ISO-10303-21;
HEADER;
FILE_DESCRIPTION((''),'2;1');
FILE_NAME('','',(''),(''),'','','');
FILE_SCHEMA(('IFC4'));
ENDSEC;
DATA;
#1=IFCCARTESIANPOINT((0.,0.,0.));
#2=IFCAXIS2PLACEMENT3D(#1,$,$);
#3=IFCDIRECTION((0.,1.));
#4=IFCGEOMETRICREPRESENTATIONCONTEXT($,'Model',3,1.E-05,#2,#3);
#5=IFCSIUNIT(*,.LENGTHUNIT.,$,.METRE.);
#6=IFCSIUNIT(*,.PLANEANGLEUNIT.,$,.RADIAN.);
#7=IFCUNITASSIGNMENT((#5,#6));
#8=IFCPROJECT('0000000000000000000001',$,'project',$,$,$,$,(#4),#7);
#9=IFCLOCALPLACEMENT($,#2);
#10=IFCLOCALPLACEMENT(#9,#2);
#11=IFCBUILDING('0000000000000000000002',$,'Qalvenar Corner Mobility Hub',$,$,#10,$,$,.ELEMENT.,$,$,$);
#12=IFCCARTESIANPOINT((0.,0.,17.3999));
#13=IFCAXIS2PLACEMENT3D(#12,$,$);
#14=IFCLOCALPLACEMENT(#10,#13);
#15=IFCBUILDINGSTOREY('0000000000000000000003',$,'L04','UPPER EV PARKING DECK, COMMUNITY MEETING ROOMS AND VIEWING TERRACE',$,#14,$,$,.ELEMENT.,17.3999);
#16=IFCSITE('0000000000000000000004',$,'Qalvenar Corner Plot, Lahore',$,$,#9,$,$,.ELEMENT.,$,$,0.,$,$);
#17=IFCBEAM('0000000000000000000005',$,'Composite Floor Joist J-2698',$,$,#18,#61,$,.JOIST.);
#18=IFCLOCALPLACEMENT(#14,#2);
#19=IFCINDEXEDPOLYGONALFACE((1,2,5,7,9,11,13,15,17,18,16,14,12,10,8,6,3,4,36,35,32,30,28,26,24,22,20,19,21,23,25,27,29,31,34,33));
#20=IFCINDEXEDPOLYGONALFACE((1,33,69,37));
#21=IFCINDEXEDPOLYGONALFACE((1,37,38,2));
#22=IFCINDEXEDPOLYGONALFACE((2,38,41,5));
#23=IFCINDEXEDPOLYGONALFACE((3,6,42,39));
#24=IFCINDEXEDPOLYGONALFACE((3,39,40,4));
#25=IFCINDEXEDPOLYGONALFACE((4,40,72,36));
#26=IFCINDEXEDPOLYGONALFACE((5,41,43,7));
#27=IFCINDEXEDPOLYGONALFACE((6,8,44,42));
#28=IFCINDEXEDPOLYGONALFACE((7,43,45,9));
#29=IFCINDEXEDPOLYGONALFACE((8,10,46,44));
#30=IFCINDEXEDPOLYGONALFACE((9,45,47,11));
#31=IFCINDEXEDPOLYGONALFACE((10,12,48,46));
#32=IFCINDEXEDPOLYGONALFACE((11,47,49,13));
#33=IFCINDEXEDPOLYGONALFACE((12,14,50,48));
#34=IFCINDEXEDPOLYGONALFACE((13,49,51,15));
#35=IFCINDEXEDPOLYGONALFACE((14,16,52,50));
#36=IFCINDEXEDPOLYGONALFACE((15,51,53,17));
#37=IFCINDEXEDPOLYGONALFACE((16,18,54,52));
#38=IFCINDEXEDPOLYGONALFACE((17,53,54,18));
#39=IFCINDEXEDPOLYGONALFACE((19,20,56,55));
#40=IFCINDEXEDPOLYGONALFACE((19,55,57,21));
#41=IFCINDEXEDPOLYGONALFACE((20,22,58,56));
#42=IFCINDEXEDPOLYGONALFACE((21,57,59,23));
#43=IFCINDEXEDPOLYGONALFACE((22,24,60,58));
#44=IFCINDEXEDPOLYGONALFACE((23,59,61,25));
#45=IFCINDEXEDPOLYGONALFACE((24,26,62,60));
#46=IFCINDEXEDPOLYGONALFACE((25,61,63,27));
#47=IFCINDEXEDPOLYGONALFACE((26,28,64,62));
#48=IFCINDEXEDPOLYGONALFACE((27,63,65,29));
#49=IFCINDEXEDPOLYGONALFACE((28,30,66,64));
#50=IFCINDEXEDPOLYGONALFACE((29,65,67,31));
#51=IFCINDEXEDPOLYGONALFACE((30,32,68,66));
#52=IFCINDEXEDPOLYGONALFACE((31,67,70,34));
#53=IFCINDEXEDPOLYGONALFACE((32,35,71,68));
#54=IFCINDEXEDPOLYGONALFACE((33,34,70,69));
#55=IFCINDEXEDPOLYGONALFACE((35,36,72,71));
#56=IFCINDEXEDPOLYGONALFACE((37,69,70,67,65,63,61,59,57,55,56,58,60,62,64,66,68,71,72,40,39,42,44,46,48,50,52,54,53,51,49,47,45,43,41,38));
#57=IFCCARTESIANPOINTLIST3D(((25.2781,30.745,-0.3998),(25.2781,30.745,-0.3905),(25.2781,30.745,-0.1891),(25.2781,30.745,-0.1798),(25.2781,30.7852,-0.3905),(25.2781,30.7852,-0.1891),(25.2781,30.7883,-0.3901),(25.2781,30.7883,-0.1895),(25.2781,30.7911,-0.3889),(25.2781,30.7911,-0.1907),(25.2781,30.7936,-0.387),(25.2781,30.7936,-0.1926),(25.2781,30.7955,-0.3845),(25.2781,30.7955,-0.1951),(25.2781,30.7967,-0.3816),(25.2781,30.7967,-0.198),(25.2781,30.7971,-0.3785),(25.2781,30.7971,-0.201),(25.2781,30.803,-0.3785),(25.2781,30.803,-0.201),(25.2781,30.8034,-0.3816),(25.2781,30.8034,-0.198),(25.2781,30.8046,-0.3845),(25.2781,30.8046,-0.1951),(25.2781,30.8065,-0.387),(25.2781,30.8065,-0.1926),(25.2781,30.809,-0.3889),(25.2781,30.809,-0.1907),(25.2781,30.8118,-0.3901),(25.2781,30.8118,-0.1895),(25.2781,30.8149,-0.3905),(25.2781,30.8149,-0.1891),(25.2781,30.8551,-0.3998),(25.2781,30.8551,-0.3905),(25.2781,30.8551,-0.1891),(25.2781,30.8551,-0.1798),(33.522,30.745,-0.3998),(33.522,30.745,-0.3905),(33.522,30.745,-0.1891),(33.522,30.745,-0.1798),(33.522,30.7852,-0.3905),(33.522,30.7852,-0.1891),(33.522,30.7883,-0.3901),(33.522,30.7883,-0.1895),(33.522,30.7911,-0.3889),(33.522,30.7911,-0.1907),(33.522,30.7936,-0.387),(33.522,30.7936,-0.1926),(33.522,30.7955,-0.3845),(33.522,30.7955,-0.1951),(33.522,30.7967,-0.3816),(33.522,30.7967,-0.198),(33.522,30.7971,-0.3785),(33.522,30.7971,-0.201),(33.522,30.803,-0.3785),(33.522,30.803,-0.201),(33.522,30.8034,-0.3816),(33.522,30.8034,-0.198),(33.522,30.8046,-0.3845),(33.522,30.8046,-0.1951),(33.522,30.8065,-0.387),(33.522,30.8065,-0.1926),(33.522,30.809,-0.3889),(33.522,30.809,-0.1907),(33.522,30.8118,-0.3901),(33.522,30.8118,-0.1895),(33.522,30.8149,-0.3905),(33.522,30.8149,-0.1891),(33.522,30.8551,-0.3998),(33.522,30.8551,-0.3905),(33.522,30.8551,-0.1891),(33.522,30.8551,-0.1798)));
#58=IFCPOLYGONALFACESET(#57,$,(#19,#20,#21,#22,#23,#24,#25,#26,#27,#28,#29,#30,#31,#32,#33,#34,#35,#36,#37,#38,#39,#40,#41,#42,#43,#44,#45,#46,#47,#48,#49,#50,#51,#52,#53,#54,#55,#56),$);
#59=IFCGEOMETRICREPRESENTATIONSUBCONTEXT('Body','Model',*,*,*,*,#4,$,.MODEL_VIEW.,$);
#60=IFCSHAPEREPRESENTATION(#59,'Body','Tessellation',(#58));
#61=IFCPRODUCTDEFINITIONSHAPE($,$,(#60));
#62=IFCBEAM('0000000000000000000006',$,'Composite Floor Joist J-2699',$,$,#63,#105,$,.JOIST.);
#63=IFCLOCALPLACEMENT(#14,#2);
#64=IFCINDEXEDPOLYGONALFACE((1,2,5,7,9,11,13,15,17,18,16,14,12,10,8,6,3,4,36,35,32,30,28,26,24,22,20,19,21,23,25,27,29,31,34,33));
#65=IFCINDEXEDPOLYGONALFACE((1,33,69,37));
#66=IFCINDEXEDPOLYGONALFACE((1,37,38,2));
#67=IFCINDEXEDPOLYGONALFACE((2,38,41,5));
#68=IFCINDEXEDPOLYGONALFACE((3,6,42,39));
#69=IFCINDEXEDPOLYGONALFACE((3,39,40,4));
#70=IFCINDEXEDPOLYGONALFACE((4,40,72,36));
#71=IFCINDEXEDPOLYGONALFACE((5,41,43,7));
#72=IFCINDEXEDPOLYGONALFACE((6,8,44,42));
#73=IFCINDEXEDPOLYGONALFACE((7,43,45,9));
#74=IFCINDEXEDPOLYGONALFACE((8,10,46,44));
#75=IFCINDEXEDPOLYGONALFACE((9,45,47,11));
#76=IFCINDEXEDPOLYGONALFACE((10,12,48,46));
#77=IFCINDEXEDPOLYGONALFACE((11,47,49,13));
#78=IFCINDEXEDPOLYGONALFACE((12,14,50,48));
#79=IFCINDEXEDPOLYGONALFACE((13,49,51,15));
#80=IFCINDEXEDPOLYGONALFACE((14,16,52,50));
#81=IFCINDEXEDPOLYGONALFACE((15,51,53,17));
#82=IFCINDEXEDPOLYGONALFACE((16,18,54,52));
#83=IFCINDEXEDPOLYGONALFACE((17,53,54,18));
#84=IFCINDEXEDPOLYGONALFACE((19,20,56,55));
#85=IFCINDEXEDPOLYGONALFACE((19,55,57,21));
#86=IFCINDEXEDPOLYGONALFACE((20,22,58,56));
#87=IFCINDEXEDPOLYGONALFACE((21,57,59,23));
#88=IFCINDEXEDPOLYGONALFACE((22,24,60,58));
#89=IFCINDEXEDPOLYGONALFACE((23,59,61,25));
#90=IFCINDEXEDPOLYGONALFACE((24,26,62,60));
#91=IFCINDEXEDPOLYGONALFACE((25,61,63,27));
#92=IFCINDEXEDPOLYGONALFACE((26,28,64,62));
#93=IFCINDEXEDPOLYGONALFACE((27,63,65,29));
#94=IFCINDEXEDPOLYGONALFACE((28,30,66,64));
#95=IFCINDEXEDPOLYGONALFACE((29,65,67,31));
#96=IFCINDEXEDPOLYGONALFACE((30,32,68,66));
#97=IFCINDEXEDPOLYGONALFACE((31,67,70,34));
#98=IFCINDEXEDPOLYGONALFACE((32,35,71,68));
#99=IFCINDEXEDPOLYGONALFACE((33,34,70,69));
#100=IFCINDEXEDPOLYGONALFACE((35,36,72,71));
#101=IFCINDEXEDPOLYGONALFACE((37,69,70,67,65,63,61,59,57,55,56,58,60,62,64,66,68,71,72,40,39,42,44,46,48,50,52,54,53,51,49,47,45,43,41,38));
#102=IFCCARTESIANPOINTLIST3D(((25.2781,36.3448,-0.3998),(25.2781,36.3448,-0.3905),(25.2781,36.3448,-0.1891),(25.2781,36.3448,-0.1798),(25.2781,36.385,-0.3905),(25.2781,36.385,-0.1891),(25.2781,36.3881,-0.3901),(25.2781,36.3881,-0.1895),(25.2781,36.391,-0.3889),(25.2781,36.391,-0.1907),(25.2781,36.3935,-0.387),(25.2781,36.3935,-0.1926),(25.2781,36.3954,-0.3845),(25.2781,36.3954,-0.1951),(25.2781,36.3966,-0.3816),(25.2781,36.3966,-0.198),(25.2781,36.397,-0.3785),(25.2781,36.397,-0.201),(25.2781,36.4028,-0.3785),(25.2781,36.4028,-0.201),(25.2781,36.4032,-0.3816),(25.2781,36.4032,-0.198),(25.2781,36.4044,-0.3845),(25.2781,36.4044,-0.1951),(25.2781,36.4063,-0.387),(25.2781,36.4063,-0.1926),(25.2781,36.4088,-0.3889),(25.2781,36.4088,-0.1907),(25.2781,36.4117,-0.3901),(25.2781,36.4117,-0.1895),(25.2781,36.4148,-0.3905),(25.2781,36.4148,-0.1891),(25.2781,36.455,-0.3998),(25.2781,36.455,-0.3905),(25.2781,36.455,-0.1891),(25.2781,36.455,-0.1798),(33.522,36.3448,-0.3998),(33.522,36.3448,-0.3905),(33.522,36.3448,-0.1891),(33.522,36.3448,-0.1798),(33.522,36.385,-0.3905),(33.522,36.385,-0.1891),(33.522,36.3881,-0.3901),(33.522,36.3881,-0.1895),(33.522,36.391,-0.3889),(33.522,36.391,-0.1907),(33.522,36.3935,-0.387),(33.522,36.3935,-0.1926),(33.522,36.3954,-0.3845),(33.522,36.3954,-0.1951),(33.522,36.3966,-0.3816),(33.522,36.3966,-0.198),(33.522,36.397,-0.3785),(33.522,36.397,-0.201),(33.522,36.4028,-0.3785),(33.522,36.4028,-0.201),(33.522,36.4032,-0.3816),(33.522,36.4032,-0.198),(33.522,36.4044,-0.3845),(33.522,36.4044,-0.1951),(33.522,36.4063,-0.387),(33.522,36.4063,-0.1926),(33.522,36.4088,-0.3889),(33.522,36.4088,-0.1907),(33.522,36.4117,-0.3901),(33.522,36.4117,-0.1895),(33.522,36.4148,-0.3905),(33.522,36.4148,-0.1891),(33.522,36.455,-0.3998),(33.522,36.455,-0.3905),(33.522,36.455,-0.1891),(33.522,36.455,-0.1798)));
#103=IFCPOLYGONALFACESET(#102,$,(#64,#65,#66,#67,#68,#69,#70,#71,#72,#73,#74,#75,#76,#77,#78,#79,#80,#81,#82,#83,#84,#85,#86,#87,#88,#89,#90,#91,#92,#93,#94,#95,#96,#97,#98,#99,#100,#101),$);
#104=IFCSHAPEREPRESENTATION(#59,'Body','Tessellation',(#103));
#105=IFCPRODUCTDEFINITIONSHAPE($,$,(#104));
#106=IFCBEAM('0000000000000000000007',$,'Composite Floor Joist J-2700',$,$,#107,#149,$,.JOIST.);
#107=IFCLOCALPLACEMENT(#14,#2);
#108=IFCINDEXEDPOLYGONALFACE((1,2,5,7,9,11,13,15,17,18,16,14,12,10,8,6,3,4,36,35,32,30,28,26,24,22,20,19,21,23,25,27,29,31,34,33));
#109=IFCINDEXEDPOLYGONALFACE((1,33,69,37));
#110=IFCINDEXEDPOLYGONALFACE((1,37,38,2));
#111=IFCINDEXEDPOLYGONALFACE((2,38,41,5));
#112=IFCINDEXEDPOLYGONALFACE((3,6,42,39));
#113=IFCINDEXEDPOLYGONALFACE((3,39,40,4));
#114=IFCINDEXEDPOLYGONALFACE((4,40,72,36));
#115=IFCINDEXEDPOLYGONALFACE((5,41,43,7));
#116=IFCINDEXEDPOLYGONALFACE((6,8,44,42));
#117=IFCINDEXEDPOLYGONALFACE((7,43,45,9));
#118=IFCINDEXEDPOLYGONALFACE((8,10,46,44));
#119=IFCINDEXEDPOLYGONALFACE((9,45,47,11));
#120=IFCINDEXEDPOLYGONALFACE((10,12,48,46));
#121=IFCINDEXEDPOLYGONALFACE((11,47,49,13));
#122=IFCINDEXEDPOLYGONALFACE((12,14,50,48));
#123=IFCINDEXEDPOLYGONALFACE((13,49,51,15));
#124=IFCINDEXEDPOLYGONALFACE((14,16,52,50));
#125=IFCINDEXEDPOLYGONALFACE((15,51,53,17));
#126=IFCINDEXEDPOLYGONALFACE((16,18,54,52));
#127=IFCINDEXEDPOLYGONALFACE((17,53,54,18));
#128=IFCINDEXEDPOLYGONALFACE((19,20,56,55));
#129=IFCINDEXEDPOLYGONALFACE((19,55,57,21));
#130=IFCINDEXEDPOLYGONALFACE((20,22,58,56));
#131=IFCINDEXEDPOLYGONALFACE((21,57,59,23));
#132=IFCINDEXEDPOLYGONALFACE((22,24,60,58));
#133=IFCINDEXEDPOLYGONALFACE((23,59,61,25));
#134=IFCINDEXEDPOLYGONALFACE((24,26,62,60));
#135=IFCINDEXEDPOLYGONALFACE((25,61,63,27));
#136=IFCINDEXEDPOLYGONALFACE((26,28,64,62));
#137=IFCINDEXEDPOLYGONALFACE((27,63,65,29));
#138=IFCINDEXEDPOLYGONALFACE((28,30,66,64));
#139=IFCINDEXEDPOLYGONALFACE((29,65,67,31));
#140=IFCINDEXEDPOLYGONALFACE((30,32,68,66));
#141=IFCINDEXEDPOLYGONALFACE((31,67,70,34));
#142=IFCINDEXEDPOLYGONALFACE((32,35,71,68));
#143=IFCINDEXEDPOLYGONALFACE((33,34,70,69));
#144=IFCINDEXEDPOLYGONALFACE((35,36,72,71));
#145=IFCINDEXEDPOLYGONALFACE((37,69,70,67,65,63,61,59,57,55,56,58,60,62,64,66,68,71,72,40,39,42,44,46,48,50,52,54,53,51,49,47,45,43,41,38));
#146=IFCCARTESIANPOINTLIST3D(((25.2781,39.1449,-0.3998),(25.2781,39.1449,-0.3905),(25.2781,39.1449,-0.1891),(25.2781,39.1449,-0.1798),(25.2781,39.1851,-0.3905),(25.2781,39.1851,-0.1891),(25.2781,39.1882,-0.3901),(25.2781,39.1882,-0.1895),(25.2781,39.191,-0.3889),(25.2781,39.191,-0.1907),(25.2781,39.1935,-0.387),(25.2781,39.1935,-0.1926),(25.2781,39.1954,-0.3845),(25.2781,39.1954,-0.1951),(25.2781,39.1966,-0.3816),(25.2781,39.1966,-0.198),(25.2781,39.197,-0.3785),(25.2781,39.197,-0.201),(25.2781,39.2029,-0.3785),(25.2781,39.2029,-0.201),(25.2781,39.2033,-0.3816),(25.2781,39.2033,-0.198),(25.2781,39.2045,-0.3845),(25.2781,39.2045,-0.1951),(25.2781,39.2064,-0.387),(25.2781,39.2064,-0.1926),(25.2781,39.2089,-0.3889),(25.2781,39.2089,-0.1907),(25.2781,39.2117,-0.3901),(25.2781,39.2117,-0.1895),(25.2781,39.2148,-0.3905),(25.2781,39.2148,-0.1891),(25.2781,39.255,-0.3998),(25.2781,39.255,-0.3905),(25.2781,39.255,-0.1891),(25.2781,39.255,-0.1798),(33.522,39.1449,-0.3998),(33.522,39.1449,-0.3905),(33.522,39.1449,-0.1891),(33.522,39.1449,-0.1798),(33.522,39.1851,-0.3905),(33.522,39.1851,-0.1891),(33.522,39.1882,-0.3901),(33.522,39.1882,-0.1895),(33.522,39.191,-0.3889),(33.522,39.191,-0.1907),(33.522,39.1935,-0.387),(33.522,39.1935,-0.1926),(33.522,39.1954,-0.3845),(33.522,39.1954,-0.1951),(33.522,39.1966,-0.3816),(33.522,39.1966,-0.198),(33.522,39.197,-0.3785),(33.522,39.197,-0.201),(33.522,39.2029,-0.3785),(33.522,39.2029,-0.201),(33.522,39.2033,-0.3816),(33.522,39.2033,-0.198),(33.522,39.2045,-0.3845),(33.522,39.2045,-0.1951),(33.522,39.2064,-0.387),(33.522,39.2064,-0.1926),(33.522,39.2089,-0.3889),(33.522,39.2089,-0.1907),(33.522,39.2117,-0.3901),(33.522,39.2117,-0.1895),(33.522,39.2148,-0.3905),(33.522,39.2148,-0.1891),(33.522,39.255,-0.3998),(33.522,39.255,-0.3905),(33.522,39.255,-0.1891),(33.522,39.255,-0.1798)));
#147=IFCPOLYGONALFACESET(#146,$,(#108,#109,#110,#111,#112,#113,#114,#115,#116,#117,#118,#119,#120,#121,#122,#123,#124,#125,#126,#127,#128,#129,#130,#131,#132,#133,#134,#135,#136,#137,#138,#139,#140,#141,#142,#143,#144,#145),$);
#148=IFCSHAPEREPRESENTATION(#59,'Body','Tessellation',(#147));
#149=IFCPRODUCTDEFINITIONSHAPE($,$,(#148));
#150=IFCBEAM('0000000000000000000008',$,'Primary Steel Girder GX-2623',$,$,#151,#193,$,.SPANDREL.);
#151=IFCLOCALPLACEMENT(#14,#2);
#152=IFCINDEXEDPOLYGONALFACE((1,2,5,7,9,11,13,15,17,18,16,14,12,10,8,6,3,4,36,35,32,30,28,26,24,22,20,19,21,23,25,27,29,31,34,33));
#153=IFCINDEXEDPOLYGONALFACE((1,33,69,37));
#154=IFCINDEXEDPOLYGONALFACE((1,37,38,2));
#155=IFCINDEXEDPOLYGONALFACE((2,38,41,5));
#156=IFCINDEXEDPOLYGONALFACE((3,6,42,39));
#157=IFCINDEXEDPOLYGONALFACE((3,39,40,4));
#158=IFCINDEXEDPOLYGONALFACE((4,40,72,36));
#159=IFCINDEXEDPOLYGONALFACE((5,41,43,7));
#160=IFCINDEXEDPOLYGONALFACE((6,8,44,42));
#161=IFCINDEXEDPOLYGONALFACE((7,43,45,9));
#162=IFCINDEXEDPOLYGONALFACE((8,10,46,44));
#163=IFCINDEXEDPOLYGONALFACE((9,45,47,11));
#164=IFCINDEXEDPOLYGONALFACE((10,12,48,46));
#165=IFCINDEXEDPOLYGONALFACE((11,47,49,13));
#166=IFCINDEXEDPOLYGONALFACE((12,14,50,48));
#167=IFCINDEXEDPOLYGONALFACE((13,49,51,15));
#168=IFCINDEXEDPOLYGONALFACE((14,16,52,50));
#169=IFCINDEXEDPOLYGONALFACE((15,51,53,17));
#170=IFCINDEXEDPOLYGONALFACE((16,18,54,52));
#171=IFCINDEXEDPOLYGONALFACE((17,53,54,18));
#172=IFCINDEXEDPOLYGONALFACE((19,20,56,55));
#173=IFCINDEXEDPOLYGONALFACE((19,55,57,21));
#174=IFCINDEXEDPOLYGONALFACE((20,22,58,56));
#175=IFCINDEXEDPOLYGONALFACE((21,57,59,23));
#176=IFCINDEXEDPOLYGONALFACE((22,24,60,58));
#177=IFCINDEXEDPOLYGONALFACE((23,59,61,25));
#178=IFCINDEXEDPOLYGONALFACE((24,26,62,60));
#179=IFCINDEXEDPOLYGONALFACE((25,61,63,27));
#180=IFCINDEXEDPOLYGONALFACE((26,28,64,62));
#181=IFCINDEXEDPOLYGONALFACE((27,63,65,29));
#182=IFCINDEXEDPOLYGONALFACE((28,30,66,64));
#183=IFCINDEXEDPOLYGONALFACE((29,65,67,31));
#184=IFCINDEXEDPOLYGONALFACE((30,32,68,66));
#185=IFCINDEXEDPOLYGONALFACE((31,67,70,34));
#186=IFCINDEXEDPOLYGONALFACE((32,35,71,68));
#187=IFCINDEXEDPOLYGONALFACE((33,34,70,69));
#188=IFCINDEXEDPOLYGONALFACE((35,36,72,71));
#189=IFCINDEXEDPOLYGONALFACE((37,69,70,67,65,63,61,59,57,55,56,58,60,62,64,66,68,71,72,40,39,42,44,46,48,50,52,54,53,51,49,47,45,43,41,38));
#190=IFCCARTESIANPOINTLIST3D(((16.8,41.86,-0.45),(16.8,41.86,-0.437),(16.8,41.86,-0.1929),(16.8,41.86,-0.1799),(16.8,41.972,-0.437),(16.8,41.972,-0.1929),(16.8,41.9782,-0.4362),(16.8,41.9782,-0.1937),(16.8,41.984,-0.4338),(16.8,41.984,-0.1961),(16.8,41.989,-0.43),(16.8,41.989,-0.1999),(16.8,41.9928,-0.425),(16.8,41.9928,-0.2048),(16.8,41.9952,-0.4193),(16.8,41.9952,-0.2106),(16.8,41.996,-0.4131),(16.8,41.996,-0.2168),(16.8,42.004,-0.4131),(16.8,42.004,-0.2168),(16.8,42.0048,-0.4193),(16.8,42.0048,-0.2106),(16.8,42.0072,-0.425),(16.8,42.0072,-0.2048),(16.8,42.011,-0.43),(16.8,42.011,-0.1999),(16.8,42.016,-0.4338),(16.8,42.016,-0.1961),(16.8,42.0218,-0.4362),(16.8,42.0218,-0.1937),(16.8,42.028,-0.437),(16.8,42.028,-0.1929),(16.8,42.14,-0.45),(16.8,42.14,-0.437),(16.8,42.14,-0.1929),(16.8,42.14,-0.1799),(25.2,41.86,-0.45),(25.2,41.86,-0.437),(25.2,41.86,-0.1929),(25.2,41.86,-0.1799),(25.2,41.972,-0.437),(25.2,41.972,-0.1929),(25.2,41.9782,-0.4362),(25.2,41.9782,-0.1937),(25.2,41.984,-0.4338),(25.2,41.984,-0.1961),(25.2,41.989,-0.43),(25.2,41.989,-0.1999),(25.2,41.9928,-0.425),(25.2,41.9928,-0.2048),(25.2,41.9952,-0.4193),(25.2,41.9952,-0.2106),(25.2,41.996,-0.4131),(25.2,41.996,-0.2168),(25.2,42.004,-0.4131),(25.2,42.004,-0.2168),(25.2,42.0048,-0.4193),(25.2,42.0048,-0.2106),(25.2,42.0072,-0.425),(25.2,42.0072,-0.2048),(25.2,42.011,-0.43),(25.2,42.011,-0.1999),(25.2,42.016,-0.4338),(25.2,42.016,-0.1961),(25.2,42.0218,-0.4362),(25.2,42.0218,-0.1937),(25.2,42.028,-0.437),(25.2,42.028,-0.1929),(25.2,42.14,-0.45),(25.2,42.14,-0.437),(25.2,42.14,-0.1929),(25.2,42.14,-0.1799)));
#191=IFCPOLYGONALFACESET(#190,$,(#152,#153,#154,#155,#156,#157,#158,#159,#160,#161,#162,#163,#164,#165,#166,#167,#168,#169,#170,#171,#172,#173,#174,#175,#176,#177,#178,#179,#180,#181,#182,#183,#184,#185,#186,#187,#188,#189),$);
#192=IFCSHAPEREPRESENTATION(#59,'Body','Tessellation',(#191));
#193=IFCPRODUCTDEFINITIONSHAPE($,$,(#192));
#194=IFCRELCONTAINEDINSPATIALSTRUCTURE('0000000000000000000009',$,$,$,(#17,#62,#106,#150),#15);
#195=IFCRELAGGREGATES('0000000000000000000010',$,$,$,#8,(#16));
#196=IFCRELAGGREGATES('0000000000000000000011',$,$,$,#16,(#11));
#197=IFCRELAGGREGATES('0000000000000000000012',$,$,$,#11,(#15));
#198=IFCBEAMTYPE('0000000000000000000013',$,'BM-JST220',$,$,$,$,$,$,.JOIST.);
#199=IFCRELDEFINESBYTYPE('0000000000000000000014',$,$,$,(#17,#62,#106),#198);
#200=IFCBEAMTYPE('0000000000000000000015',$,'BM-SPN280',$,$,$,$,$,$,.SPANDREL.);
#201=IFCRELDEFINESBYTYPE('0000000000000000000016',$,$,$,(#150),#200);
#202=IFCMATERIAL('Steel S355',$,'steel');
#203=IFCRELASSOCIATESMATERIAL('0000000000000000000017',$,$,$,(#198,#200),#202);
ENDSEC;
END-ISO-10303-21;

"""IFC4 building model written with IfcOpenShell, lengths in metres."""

from ifc_helpers import new_model, si_unit, direction, frame, origin, origin_2d, place, context, subcontext, project, spatial, i_section, extrude, material, material_profile, profile_set, type_object, element, save


model = new_model("IFC4")

# Units and contexts
model_context = context("Model", 3, precision=1e-05, world=origin(), true_north=direction((0.0, 1.0)))
body_context = subcontext(model_context, "Body", "Model", "MODEL_VIEW")
ifc_project = project(units=[si_unit("LENGTHUNIT", "METRE"), si_unit("PLANEANGLEUNIT", "RADIAN")], contexts=[model_context])

# Site, building, storey
site_placement = place(None, origin())
site = spatial("IfcSite", under=ifc_project, at=site_placement, Name="Qalvenar Corner Plot, Lahore", CompositionType="ELEMENT", RefElevation=0.0)
building_placement = place(site_placement, origin())
building = spatial("IfcBuilding", under=site, at=building_placement, Name="Qalvenar Corner Mobility Hub", CompositionType="ELEMENT")
storey_placement = place(building_placement, frame((0.0, 0.0, 17.3999)))
storey = spatial("IfcBuildingStorey", under=building, at=storey_placement, Name="L04", Description="UPPER EV PARKING DECK, COMMUNITY MEETING ROOMS AND VIEWING TERRACE", CompositionType="ELEMENT", Elevation=17.3999)

# Shared definitions
ifc_material_1 = material(Name="Steel S355", Category="steel")

# Beams
ifc_material_profile_1 = material_profile(ifc_material_1, i_section(OverallWidth=0.1101, OverallDepth=0.22, WebThickness=0.0059, FlangeThickness=0.0093, FilletRadius=0.012, at=origin_2d()), Name="IPE220")
ifc_profile_set_1 = profile_set([ifc_material_profile_1], Name="Steel S355")
beam_type_1 = type_object("IfcBeamType", Name="BM-JST220", PredefinedType="JOIST", material=ifc_profile_set_1)
for number, where, z_axis, x_axis, name in (
    (1, (25.2781, 30.8, -0.2898), (1.0, 0.0, 0.0), (0.0, 1.0, 0.0), "Composite Floor Joist J-2698"),
    (2, (25.2781, 36.3999, -0.2898), (1.0, 0.0, 0.0), (0.0, 1.0, 0.0), "Composite Floor Joist J-2699"),
    (3, (25.2781, 39.2, -0.2898), (1.0, 0.0, 0.0), (0.0, 1.0, 0.0), "Composite Floor Joist J-2700"),
):
    element("IfcBeam", number, at=place(storey_placement, frame(where, z_axis=z_axis, x_axis=x_axis)), inside=storey, type_object=beam_type_1, Name=name, PredefinedType="JOIST", context=body_context, shape_type="SweptSolid", body=[
        extrude(i_section(OverallWidth=0.1101, OverallDepth=0.22, WebThickness=0.0059, FlangeThickness=0.0093, FilletRadius=0.012, at=origin_2d()), origin(), (0.0, 0.0, 1.0), 8.2439),
    ])
ifc_material_profile_2 = material_profile(ifc_material_1, i_section(OverallWidth=0.28, OverallDepth=0.27, WebThickness=0.0081, FlangeThickness=0.0129, FilletRadius=0.0239, at=origin_2d()), Name="HEA280")
ifc_profile_set_2 = profile_set([ifc_material_profile_2], Name="Steel S355")
beam_type_2 = type_object("IfcBeamType", Name="BM-SPN280", PredefinedType="SPANDREL", material=ifc_profile_set_2)
beam_1_placement = place(storey_placement, frame((16.8, 42.0, -0.3149), z_axis=(1.0, 0.0, 0.0), x_axis=(0.0, 1.0, 0.0)))
element("IfcBeam", 4, at=beam_1_placement, inside=storey, type_object=beam_type_2, Name="Primary Steel Girder GX-2623", PredefinedType="SPANDREL", context=body_context, shape_type="SweptSolid", body=[
    extrude(i_section(OverallWidth=0.28, OverallDepth=0.27, WebThickness=0.0081, FlangeThickness=0.0129, FilletRadius=0.0239, at=origin_2d()), origin(), (0.0, 0.0, 1.0), 8.3999),
])

save(model, "model.ifc")
